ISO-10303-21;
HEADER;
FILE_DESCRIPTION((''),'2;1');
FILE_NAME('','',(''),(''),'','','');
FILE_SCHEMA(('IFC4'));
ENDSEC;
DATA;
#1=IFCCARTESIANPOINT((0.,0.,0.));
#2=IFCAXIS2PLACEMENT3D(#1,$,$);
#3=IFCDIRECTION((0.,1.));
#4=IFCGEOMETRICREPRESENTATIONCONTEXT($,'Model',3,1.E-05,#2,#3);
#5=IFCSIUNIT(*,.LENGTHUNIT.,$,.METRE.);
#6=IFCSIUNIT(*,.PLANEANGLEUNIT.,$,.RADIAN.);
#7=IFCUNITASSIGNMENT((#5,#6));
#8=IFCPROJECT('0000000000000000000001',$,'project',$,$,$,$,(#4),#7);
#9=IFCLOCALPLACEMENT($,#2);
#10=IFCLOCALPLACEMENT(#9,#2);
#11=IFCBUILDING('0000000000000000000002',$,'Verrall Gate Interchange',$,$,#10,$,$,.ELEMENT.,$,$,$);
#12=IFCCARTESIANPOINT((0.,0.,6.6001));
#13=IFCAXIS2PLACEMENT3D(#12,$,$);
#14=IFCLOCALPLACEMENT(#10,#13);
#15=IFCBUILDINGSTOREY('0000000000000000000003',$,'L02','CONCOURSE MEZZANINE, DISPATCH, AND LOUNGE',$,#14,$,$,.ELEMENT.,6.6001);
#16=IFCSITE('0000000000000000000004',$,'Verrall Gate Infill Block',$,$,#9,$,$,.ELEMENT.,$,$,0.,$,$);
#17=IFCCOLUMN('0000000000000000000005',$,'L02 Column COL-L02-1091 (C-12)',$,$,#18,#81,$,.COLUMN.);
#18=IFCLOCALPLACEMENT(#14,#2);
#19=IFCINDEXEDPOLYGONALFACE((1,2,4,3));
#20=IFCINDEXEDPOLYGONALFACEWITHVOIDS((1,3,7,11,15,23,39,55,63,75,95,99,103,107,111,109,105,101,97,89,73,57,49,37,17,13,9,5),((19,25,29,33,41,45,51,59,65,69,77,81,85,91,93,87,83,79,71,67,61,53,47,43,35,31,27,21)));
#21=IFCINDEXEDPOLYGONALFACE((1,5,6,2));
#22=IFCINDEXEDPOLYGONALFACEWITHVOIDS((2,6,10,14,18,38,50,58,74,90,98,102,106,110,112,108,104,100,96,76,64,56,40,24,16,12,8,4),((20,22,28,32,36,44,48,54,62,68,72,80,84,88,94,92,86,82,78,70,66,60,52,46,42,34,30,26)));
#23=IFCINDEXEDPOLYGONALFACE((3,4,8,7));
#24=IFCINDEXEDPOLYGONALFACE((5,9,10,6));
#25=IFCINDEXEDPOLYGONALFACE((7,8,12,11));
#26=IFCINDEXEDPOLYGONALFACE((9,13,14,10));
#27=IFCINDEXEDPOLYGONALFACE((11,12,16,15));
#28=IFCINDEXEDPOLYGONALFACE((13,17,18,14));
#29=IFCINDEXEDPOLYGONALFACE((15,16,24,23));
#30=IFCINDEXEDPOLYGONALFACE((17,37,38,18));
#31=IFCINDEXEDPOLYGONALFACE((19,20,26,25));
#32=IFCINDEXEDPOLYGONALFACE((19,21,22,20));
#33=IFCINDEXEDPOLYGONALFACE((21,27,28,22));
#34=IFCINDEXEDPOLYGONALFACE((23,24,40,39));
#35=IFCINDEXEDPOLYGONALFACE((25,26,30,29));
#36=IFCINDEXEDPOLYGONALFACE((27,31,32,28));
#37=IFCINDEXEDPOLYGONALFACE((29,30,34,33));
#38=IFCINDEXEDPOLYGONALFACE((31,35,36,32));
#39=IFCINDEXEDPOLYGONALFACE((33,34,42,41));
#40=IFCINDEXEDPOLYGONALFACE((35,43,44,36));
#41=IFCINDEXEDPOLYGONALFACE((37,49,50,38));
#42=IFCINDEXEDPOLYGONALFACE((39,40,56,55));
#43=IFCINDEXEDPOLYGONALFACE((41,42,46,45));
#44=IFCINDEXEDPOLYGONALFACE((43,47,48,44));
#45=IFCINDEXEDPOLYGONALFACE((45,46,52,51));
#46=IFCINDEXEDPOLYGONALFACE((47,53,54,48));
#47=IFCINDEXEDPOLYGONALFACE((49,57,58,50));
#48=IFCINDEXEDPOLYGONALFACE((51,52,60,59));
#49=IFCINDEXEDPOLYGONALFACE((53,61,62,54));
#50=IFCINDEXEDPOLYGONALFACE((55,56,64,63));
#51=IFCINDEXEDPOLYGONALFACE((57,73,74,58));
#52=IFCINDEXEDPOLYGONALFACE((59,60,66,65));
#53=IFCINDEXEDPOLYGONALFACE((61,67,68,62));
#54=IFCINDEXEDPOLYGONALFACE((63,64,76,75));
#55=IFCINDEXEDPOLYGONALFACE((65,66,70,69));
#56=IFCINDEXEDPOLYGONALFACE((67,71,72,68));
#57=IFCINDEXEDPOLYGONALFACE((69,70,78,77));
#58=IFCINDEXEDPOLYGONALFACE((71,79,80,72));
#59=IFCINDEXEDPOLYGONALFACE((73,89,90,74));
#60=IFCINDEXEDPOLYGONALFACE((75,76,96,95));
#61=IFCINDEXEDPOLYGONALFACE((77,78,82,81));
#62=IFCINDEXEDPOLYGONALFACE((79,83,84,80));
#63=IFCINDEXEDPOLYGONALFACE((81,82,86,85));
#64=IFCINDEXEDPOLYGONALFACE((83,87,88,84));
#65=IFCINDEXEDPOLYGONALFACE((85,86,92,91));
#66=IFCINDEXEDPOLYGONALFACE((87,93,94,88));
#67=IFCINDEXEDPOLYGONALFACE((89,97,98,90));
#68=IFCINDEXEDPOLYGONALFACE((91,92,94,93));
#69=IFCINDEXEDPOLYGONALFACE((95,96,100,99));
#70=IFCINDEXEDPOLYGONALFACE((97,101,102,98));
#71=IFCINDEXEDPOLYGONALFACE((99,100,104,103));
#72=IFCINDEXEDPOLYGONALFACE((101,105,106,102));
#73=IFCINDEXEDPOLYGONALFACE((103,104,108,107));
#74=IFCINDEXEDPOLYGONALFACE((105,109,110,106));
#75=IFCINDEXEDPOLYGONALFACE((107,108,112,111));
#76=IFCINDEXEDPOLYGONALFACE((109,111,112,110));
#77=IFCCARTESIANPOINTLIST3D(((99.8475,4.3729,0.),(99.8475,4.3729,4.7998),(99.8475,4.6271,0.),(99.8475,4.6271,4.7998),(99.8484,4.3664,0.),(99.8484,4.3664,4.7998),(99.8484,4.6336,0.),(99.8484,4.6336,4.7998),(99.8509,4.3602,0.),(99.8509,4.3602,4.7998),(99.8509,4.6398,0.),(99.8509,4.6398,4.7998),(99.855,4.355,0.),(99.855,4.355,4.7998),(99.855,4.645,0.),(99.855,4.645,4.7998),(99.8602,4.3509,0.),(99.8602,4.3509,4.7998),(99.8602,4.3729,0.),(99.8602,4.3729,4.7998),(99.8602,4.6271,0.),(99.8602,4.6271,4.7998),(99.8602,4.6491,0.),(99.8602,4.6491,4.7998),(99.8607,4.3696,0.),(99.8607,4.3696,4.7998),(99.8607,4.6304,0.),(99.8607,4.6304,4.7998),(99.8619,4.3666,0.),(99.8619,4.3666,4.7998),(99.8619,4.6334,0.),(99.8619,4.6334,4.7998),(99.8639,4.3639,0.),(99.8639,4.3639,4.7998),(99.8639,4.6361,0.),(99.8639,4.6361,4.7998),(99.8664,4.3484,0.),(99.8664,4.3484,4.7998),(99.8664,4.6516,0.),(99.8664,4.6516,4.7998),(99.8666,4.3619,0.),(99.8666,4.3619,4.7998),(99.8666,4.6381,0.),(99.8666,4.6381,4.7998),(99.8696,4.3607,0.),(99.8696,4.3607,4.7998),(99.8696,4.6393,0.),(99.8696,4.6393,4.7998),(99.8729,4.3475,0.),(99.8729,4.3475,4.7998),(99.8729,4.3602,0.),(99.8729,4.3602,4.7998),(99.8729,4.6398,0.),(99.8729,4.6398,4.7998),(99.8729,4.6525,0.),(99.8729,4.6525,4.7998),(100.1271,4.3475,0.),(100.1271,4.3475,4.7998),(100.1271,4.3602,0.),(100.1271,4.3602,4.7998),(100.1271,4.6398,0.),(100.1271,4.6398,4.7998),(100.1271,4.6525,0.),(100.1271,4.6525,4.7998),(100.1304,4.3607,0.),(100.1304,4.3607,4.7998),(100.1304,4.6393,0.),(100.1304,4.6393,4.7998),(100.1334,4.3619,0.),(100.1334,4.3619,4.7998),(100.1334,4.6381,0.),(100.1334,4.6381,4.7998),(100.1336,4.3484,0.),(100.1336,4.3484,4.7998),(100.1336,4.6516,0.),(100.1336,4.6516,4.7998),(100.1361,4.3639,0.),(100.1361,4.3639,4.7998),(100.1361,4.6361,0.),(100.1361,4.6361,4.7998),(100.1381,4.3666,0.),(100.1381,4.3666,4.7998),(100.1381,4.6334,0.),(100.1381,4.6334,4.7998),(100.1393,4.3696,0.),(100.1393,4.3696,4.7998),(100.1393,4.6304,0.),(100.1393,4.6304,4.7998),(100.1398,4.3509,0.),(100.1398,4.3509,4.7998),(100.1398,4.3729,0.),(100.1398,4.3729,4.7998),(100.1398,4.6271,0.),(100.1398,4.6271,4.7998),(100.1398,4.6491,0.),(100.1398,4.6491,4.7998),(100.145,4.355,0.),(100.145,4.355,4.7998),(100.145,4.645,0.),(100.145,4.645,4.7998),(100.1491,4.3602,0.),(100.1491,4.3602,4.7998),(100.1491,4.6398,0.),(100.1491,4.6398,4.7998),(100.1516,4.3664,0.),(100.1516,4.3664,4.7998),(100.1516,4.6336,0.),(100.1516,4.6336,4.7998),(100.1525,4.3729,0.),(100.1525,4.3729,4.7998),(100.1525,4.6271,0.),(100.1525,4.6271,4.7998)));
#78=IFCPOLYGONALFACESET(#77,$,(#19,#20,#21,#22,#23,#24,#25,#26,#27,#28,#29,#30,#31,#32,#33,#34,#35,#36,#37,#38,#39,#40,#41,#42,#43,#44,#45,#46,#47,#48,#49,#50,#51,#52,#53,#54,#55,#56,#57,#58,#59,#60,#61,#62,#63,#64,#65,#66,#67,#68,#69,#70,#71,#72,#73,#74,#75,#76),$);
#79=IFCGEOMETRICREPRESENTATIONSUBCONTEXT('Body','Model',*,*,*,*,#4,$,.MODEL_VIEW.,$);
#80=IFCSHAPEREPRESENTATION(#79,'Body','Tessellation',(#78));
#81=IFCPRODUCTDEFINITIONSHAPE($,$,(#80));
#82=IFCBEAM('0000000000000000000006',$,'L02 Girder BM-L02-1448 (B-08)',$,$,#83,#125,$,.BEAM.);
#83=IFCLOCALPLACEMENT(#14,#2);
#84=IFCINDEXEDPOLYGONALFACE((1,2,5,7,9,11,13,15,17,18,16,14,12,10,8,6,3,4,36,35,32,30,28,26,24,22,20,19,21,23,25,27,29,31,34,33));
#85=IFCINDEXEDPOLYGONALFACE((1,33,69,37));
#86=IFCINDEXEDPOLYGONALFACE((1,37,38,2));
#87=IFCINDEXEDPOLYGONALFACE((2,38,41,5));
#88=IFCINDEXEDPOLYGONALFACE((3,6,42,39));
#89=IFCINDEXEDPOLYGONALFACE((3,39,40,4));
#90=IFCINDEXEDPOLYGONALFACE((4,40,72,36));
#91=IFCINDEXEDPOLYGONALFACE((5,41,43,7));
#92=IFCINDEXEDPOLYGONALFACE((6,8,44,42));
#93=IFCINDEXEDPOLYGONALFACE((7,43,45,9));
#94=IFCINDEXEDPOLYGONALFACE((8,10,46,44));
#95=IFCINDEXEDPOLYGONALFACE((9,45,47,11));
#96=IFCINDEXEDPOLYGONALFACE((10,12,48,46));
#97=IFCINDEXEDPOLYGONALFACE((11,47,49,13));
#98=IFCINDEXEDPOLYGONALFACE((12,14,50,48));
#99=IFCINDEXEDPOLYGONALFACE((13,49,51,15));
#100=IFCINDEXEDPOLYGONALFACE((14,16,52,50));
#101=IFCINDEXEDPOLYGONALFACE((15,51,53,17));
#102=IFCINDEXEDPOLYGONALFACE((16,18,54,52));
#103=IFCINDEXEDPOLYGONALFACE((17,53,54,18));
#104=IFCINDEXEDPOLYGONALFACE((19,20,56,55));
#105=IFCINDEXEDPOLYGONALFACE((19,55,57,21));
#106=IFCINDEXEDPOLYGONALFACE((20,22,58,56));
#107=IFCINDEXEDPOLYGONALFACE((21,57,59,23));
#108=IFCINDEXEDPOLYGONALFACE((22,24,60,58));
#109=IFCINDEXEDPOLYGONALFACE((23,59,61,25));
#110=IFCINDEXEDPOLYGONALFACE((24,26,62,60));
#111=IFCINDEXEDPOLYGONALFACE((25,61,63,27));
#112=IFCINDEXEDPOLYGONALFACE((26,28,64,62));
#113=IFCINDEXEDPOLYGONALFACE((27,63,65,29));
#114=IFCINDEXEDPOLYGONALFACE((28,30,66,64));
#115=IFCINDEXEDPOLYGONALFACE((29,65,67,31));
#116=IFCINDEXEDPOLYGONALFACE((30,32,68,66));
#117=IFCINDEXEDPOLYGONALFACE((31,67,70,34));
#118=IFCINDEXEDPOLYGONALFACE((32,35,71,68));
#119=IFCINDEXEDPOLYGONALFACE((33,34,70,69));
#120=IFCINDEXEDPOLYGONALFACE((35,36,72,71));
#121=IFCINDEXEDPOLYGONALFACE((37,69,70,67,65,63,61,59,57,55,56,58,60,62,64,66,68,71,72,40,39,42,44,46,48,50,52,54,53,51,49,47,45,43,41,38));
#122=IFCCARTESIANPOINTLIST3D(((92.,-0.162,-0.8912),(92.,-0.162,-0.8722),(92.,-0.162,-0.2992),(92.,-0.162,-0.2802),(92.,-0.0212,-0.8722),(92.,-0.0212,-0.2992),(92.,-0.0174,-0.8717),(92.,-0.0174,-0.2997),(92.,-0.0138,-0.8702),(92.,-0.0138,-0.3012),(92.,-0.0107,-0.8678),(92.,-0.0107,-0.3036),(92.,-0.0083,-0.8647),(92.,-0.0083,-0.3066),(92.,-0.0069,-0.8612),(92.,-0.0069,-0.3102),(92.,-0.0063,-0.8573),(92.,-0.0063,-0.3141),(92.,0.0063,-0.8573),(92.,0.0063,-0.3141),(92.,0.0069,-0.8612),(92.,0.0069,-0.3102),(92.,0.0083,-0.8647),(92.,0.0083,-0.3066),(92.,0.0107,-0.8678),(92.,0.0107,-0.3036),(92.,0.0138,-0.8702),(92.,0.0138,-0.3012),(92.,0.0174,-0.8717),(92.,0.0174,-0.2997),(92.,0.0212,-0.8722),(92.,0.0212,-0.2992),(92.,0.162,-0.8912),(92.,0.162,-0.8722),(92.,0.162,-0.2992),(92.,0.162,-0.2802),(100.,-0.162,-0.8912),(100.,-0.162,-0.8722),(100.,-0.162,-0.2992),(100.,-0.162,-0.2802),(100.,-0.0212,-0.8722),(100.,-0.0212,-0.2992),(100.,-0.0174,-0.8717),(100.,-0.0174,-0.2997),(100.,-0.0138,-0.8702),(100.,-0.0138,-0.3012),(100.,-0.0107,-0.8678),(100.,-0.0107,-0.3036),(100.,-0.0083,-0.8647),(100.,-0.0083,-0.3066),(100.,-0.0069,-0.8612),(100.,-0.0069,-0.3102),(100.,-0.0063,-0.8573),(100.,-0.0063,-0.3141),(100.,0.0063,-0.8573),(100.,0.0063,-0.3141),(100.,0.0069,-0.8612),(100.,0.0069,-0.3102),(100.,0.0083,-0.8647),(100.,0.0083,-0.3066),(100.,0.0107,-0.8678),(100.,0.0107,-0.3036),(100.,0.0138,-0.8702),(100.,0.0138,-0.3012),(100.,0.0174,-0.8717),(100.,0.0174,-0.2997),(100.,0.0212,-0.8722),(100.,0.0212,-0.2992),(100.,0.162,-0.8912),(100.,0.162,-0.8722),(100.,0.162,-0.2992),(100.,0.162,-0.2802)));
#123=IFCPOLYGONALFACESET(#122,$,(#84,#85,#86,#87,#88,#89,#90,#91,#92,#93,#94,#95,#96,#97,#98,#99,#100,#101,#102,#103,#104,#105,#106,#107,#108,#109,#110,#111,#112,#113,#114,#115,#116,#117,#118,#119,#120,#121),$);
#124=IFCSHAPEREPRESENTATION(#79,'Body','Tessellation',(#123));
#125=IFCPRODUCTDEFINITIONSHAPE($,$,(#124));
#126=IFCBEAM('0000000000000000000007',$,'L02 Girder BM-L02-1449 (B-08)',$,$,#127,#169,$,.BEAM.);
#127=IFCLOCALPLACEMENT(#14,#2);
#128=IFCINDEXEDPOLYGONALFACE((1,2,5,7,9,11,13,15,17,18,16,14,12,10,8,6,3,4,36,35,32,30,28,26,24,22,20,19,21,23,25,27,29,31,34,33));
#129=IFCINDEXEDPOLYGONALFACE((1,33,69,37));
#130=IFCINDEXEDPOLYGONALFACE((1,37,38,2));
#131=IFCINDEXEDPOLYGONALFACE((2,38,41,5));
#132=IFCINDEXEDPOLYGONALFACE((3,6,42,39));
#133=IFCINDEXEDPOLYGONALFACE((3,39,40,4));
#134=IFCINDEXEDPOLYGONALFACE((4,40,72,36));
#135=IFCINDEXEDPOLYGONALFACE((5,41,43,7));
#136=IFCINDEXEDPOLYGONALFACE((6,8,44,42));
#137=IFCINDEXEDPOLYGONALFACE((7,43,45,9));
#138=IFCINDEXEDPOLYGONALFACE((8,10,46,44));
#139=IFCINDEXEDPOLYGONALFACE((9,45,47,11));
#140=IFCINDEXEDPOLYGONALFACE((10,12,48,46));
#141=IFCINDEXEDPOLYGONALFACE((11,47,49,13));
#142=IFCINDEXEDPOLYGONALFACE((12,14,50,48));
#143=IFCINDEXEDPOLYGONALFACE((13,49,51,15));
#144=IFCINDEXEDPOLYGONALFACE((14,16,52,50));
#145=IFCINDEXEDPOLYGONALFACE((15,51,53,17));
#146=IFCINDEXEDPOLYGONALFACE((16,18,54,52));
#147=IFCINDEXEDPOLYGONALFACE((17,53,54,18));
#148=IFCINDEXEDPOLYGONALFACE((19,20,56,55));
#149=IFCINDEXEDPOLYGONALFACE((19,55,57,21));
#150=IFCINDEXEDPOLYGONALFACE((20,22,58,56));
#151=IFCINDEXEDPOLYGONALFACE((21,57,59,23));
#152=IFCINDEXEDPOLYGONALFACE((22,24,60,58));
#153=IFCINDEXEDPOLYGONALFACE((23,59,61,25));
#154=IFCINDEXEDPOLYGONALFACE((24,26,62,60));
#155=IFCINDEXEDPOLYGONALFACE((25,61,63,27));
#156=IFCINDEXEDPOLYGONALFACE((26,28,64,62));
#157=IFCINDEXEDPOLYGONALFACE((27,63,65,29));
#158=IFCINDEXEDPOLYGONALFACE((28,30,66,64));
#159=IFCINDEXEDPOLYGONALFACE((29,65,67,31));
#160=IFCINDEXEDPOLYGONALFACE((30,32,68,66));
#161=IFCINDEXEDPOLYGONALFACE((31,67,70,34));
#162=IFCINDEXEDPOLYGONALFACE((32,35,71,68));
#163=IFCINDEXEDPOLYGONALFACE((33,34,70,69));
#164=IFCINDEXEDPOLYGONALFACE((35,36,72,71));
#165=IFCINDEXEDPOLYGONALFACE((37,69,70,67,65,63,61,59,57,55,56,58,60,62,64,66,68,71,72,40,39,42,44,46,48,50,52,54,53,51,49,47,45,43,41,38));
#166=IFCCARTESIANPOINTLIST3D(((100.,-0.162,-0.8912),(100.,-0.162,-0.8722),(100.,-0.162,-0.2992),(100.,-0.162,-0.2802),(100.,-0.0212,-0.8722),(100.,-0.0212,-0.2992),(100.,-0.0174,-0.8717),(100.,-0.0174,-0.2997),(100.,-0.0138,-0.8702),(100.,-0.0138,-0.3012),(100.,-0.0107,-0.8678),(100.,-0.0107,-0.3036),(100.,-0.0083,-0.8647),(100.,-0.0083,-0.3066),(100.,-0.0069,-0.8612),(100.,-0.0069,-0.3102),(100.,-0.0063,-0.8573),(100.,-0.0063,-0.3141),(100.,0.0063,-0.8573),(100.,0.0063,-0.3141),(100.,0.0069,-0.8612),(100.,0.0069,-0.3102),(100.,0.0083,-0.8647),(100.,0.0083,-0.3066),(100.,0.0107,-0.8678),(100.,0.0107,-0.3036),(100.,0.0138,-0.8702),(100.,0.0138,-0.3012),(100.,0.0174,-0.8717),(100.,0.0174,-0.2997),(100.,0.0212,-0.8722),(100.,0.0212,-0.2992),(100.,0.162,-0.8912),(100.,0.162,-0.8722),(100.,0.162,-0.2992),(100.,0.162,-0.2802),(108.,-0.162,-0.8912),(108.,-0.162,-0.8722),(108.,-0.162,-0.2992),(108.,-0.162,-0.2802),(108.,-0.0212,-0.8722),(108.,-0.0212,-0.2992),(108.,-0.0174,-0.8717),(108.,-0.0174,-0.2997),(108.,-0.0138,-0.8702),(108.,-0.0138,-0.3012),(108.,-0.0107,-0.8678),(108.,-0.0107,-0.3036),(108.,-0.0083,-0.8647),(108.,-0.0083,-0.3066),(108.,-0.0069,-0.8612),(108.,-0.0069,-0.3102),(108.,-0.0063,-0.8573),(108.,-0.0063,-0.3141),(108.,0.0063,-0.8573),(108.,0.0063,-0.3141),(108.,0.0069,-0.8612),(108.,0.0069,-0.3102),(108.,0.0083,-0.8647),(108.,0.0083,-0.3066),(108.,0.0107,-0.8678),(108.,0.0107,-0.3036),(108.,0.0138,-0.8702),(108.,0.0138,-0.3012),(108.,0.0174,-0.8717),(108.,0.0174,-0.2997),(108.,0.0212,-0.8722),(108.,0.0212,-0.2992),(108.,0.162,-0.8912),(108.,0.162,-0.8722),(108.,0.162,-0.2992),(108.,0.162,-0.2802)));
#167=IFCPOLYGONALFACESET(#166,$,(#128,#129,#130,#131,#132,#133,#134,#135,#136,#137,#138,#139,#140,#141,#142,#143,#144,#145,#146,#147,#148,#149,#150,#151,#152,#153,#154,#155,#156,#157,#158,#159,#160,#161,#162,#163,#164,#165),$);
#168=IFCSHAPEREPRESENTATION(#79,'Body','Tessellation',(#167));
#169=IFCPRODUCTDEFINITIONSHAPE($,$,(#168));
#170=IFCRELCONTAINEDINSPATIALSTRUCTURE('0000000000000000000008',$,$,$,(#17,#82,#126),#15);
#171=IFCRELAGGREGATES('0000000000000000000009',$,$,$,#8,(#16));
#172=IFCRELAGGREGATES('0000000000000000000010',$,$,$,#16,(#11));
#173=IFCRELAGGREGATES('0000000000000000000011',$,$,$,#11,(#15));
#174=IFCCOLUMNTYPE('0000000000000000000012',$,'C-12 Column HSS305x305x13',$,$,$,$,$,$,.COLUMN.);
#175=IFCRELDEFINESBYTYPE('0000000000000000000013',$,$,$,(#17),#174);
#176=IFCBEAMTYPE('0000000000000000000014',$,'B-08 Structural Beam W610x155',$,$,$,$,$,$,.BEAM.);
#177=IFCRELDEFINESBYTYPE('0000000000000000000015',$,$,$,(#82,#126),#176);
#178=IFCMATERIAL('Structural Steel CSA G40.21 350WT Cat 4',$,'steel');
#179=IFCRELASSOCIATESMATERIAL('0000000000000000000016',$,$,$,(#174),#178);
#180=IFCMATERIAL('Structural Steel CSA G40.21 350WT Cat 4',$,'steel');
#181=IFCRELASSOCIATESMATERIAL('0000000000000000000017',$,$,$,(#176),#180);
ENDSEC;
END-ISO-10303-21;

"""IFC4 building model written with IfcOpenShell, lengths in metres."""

from ifc_helpers import new_model, si_unit, direction, frame, origin, origin_2d, place, context, subcontext, project, spatial, hollow_rectangle, i_section, extrude, material, material_profile, profile_set, type_object, element, save


model = new_model("IFC4")

# Units and contexts
model_context = context("Model", 3, precision=1e-05, world=origin(), true_north=direction((0.0, 1.0)))
body_context = subcontext(model_context, "Body", "Model", "MODEL_VIEW")
ifc_project = project(units=[si_unit("LENGTHUNIT", "METRE"), si_unit("PLANEANGLEUNIT", "RADIAN")], contexts=[model_context])

# Site, building, storey
site_placement = place(None, origin())
site = spatial("IfcSite", under=ifc_project, at=site_placement, Name="Verrall Gate Infill Block", CompositionType="ELEMENT", RefElevation=0.0)
building_placement = place(site_placement, origin())
building = spatial("IfcBuilding", under=site, at=building_placement, Name="Verrall Gate Interchange", CompositionType="ELEMENT")
storey_placement = place(building_placement, frame((0.0, 0.0, 6.6001)))
storey = spatial("IfcBuildingStorey", under=building, at=storey_placement, Name="L02", Description="CONCOURSE MEZZANINE, DISPATCH, AND LOUNGE", CompositionType="ELEMENT", Elevation=6.6001)

# Column
ifc_material_1 = material(Name="Structural Steel CSA G40.21 350WT Cat 4", Category="steel")
ifc_material_profile_1 = material_profile(ifc_material_1, hollow_rectangle(XDim=0.3049, YDim=0.3049, WallThickness=0.0127, InnerFilletRadius=0.0127, OuterFilletRadius=0.0254, at=origin_2d()), Name="HSS305x305x13")
ifc_profile_set_1 = profile_set([ifc_material_profile_1], Name="Structural Steel CSA G40.21 350WT Cat 4")
column_type_1 = type_object("IfcColumnType", Name="C-12 Column HSS305x305x13", PredefinedType="COLUMN", material=ifc_profile_set_1)
for number, where, z_axis, x_axis, name in (
    (1, (100.0, 4.5, 0.0), (0.0, 0.0, 1.0), (1.0, 0.0, 0.0), "L02 Column COL-L02-1091 (C-12)"),
):
    element("IfcColumn", number, at=place(storey_placement, frame(where, z_axis=z_axis, x_axis=x_axis)), inside=storey, type_object=column_type_1, Name=name, PredefinedType="COLUMN", context=body_context, shape_type="SweptSolid", body=[
        extrude(hollow_rectangle(XDim=0.3049, YDim=0.3049, WallThickness=0.0127, InnerFilletRadius=0.0127, OuterFilletRadius=0.0254, at=origin_2d()), origin(), (0.0, 0.0, 1.0), 4.7998),
    ])

# Beams
ifc_material_2 = material(Name="Structural Steel CSA G40.21 350WT Cat 4", Category="steel")
ifc_material_profile_2 = material_profile(ifc_material_2, i_section(OverallWidth=0.324, OverallDepth=0.6111, WebThickness=0.0127, FlangeThickness=0.019, FilletRadius=0.0149, at=origin_2d()), Name="W610x155")
ifc_profile_set_2 = profile_set([ifc_material_profile_2], Name="Structural Steel CSA G40.21 350WT Cat 4")
beam_type_1 = type_object("IfcBeamType", Name="B-08 Structural Beam W610x155", PredefinedType="BEAM", material=ifc_profile_set_2)
for number, where, z_axis, x_axis, name in (
    (2, (92.0, 0.0, -0.5857), (1.0, 0.0, 0.0), (0.0, 1.0, 0.0), "L02 Girder BM-L02-1448 (B-08)"),
    (3, (100.0, 0.0, -0.5857), (1.0, 0.0, 0.0), (0.0, 1.0, 0.0), "L02 Girder BM-L02-1449 (B-08)"),
):
    element("IfcBeam", number, at=place(storey_placement, frame(where, z_axis=z_axis, x_axis=x_axis)), inside=storey, type_object=beam_type_1, Name=name, PredefinedType="BEAM", context=body_context, shape_type="SweptSolid", body=[
        extrude(i_section(OverallWidth=0.324, OverallDepth=0.6111, WebThickness=0.0127, FlangeThickness=0.019, FilletRadius=0.0149, at=origin_2d()), origin(), (0.0, 0.0, 1.0), 8.0),
    ])

save(model, "model.ifc")
